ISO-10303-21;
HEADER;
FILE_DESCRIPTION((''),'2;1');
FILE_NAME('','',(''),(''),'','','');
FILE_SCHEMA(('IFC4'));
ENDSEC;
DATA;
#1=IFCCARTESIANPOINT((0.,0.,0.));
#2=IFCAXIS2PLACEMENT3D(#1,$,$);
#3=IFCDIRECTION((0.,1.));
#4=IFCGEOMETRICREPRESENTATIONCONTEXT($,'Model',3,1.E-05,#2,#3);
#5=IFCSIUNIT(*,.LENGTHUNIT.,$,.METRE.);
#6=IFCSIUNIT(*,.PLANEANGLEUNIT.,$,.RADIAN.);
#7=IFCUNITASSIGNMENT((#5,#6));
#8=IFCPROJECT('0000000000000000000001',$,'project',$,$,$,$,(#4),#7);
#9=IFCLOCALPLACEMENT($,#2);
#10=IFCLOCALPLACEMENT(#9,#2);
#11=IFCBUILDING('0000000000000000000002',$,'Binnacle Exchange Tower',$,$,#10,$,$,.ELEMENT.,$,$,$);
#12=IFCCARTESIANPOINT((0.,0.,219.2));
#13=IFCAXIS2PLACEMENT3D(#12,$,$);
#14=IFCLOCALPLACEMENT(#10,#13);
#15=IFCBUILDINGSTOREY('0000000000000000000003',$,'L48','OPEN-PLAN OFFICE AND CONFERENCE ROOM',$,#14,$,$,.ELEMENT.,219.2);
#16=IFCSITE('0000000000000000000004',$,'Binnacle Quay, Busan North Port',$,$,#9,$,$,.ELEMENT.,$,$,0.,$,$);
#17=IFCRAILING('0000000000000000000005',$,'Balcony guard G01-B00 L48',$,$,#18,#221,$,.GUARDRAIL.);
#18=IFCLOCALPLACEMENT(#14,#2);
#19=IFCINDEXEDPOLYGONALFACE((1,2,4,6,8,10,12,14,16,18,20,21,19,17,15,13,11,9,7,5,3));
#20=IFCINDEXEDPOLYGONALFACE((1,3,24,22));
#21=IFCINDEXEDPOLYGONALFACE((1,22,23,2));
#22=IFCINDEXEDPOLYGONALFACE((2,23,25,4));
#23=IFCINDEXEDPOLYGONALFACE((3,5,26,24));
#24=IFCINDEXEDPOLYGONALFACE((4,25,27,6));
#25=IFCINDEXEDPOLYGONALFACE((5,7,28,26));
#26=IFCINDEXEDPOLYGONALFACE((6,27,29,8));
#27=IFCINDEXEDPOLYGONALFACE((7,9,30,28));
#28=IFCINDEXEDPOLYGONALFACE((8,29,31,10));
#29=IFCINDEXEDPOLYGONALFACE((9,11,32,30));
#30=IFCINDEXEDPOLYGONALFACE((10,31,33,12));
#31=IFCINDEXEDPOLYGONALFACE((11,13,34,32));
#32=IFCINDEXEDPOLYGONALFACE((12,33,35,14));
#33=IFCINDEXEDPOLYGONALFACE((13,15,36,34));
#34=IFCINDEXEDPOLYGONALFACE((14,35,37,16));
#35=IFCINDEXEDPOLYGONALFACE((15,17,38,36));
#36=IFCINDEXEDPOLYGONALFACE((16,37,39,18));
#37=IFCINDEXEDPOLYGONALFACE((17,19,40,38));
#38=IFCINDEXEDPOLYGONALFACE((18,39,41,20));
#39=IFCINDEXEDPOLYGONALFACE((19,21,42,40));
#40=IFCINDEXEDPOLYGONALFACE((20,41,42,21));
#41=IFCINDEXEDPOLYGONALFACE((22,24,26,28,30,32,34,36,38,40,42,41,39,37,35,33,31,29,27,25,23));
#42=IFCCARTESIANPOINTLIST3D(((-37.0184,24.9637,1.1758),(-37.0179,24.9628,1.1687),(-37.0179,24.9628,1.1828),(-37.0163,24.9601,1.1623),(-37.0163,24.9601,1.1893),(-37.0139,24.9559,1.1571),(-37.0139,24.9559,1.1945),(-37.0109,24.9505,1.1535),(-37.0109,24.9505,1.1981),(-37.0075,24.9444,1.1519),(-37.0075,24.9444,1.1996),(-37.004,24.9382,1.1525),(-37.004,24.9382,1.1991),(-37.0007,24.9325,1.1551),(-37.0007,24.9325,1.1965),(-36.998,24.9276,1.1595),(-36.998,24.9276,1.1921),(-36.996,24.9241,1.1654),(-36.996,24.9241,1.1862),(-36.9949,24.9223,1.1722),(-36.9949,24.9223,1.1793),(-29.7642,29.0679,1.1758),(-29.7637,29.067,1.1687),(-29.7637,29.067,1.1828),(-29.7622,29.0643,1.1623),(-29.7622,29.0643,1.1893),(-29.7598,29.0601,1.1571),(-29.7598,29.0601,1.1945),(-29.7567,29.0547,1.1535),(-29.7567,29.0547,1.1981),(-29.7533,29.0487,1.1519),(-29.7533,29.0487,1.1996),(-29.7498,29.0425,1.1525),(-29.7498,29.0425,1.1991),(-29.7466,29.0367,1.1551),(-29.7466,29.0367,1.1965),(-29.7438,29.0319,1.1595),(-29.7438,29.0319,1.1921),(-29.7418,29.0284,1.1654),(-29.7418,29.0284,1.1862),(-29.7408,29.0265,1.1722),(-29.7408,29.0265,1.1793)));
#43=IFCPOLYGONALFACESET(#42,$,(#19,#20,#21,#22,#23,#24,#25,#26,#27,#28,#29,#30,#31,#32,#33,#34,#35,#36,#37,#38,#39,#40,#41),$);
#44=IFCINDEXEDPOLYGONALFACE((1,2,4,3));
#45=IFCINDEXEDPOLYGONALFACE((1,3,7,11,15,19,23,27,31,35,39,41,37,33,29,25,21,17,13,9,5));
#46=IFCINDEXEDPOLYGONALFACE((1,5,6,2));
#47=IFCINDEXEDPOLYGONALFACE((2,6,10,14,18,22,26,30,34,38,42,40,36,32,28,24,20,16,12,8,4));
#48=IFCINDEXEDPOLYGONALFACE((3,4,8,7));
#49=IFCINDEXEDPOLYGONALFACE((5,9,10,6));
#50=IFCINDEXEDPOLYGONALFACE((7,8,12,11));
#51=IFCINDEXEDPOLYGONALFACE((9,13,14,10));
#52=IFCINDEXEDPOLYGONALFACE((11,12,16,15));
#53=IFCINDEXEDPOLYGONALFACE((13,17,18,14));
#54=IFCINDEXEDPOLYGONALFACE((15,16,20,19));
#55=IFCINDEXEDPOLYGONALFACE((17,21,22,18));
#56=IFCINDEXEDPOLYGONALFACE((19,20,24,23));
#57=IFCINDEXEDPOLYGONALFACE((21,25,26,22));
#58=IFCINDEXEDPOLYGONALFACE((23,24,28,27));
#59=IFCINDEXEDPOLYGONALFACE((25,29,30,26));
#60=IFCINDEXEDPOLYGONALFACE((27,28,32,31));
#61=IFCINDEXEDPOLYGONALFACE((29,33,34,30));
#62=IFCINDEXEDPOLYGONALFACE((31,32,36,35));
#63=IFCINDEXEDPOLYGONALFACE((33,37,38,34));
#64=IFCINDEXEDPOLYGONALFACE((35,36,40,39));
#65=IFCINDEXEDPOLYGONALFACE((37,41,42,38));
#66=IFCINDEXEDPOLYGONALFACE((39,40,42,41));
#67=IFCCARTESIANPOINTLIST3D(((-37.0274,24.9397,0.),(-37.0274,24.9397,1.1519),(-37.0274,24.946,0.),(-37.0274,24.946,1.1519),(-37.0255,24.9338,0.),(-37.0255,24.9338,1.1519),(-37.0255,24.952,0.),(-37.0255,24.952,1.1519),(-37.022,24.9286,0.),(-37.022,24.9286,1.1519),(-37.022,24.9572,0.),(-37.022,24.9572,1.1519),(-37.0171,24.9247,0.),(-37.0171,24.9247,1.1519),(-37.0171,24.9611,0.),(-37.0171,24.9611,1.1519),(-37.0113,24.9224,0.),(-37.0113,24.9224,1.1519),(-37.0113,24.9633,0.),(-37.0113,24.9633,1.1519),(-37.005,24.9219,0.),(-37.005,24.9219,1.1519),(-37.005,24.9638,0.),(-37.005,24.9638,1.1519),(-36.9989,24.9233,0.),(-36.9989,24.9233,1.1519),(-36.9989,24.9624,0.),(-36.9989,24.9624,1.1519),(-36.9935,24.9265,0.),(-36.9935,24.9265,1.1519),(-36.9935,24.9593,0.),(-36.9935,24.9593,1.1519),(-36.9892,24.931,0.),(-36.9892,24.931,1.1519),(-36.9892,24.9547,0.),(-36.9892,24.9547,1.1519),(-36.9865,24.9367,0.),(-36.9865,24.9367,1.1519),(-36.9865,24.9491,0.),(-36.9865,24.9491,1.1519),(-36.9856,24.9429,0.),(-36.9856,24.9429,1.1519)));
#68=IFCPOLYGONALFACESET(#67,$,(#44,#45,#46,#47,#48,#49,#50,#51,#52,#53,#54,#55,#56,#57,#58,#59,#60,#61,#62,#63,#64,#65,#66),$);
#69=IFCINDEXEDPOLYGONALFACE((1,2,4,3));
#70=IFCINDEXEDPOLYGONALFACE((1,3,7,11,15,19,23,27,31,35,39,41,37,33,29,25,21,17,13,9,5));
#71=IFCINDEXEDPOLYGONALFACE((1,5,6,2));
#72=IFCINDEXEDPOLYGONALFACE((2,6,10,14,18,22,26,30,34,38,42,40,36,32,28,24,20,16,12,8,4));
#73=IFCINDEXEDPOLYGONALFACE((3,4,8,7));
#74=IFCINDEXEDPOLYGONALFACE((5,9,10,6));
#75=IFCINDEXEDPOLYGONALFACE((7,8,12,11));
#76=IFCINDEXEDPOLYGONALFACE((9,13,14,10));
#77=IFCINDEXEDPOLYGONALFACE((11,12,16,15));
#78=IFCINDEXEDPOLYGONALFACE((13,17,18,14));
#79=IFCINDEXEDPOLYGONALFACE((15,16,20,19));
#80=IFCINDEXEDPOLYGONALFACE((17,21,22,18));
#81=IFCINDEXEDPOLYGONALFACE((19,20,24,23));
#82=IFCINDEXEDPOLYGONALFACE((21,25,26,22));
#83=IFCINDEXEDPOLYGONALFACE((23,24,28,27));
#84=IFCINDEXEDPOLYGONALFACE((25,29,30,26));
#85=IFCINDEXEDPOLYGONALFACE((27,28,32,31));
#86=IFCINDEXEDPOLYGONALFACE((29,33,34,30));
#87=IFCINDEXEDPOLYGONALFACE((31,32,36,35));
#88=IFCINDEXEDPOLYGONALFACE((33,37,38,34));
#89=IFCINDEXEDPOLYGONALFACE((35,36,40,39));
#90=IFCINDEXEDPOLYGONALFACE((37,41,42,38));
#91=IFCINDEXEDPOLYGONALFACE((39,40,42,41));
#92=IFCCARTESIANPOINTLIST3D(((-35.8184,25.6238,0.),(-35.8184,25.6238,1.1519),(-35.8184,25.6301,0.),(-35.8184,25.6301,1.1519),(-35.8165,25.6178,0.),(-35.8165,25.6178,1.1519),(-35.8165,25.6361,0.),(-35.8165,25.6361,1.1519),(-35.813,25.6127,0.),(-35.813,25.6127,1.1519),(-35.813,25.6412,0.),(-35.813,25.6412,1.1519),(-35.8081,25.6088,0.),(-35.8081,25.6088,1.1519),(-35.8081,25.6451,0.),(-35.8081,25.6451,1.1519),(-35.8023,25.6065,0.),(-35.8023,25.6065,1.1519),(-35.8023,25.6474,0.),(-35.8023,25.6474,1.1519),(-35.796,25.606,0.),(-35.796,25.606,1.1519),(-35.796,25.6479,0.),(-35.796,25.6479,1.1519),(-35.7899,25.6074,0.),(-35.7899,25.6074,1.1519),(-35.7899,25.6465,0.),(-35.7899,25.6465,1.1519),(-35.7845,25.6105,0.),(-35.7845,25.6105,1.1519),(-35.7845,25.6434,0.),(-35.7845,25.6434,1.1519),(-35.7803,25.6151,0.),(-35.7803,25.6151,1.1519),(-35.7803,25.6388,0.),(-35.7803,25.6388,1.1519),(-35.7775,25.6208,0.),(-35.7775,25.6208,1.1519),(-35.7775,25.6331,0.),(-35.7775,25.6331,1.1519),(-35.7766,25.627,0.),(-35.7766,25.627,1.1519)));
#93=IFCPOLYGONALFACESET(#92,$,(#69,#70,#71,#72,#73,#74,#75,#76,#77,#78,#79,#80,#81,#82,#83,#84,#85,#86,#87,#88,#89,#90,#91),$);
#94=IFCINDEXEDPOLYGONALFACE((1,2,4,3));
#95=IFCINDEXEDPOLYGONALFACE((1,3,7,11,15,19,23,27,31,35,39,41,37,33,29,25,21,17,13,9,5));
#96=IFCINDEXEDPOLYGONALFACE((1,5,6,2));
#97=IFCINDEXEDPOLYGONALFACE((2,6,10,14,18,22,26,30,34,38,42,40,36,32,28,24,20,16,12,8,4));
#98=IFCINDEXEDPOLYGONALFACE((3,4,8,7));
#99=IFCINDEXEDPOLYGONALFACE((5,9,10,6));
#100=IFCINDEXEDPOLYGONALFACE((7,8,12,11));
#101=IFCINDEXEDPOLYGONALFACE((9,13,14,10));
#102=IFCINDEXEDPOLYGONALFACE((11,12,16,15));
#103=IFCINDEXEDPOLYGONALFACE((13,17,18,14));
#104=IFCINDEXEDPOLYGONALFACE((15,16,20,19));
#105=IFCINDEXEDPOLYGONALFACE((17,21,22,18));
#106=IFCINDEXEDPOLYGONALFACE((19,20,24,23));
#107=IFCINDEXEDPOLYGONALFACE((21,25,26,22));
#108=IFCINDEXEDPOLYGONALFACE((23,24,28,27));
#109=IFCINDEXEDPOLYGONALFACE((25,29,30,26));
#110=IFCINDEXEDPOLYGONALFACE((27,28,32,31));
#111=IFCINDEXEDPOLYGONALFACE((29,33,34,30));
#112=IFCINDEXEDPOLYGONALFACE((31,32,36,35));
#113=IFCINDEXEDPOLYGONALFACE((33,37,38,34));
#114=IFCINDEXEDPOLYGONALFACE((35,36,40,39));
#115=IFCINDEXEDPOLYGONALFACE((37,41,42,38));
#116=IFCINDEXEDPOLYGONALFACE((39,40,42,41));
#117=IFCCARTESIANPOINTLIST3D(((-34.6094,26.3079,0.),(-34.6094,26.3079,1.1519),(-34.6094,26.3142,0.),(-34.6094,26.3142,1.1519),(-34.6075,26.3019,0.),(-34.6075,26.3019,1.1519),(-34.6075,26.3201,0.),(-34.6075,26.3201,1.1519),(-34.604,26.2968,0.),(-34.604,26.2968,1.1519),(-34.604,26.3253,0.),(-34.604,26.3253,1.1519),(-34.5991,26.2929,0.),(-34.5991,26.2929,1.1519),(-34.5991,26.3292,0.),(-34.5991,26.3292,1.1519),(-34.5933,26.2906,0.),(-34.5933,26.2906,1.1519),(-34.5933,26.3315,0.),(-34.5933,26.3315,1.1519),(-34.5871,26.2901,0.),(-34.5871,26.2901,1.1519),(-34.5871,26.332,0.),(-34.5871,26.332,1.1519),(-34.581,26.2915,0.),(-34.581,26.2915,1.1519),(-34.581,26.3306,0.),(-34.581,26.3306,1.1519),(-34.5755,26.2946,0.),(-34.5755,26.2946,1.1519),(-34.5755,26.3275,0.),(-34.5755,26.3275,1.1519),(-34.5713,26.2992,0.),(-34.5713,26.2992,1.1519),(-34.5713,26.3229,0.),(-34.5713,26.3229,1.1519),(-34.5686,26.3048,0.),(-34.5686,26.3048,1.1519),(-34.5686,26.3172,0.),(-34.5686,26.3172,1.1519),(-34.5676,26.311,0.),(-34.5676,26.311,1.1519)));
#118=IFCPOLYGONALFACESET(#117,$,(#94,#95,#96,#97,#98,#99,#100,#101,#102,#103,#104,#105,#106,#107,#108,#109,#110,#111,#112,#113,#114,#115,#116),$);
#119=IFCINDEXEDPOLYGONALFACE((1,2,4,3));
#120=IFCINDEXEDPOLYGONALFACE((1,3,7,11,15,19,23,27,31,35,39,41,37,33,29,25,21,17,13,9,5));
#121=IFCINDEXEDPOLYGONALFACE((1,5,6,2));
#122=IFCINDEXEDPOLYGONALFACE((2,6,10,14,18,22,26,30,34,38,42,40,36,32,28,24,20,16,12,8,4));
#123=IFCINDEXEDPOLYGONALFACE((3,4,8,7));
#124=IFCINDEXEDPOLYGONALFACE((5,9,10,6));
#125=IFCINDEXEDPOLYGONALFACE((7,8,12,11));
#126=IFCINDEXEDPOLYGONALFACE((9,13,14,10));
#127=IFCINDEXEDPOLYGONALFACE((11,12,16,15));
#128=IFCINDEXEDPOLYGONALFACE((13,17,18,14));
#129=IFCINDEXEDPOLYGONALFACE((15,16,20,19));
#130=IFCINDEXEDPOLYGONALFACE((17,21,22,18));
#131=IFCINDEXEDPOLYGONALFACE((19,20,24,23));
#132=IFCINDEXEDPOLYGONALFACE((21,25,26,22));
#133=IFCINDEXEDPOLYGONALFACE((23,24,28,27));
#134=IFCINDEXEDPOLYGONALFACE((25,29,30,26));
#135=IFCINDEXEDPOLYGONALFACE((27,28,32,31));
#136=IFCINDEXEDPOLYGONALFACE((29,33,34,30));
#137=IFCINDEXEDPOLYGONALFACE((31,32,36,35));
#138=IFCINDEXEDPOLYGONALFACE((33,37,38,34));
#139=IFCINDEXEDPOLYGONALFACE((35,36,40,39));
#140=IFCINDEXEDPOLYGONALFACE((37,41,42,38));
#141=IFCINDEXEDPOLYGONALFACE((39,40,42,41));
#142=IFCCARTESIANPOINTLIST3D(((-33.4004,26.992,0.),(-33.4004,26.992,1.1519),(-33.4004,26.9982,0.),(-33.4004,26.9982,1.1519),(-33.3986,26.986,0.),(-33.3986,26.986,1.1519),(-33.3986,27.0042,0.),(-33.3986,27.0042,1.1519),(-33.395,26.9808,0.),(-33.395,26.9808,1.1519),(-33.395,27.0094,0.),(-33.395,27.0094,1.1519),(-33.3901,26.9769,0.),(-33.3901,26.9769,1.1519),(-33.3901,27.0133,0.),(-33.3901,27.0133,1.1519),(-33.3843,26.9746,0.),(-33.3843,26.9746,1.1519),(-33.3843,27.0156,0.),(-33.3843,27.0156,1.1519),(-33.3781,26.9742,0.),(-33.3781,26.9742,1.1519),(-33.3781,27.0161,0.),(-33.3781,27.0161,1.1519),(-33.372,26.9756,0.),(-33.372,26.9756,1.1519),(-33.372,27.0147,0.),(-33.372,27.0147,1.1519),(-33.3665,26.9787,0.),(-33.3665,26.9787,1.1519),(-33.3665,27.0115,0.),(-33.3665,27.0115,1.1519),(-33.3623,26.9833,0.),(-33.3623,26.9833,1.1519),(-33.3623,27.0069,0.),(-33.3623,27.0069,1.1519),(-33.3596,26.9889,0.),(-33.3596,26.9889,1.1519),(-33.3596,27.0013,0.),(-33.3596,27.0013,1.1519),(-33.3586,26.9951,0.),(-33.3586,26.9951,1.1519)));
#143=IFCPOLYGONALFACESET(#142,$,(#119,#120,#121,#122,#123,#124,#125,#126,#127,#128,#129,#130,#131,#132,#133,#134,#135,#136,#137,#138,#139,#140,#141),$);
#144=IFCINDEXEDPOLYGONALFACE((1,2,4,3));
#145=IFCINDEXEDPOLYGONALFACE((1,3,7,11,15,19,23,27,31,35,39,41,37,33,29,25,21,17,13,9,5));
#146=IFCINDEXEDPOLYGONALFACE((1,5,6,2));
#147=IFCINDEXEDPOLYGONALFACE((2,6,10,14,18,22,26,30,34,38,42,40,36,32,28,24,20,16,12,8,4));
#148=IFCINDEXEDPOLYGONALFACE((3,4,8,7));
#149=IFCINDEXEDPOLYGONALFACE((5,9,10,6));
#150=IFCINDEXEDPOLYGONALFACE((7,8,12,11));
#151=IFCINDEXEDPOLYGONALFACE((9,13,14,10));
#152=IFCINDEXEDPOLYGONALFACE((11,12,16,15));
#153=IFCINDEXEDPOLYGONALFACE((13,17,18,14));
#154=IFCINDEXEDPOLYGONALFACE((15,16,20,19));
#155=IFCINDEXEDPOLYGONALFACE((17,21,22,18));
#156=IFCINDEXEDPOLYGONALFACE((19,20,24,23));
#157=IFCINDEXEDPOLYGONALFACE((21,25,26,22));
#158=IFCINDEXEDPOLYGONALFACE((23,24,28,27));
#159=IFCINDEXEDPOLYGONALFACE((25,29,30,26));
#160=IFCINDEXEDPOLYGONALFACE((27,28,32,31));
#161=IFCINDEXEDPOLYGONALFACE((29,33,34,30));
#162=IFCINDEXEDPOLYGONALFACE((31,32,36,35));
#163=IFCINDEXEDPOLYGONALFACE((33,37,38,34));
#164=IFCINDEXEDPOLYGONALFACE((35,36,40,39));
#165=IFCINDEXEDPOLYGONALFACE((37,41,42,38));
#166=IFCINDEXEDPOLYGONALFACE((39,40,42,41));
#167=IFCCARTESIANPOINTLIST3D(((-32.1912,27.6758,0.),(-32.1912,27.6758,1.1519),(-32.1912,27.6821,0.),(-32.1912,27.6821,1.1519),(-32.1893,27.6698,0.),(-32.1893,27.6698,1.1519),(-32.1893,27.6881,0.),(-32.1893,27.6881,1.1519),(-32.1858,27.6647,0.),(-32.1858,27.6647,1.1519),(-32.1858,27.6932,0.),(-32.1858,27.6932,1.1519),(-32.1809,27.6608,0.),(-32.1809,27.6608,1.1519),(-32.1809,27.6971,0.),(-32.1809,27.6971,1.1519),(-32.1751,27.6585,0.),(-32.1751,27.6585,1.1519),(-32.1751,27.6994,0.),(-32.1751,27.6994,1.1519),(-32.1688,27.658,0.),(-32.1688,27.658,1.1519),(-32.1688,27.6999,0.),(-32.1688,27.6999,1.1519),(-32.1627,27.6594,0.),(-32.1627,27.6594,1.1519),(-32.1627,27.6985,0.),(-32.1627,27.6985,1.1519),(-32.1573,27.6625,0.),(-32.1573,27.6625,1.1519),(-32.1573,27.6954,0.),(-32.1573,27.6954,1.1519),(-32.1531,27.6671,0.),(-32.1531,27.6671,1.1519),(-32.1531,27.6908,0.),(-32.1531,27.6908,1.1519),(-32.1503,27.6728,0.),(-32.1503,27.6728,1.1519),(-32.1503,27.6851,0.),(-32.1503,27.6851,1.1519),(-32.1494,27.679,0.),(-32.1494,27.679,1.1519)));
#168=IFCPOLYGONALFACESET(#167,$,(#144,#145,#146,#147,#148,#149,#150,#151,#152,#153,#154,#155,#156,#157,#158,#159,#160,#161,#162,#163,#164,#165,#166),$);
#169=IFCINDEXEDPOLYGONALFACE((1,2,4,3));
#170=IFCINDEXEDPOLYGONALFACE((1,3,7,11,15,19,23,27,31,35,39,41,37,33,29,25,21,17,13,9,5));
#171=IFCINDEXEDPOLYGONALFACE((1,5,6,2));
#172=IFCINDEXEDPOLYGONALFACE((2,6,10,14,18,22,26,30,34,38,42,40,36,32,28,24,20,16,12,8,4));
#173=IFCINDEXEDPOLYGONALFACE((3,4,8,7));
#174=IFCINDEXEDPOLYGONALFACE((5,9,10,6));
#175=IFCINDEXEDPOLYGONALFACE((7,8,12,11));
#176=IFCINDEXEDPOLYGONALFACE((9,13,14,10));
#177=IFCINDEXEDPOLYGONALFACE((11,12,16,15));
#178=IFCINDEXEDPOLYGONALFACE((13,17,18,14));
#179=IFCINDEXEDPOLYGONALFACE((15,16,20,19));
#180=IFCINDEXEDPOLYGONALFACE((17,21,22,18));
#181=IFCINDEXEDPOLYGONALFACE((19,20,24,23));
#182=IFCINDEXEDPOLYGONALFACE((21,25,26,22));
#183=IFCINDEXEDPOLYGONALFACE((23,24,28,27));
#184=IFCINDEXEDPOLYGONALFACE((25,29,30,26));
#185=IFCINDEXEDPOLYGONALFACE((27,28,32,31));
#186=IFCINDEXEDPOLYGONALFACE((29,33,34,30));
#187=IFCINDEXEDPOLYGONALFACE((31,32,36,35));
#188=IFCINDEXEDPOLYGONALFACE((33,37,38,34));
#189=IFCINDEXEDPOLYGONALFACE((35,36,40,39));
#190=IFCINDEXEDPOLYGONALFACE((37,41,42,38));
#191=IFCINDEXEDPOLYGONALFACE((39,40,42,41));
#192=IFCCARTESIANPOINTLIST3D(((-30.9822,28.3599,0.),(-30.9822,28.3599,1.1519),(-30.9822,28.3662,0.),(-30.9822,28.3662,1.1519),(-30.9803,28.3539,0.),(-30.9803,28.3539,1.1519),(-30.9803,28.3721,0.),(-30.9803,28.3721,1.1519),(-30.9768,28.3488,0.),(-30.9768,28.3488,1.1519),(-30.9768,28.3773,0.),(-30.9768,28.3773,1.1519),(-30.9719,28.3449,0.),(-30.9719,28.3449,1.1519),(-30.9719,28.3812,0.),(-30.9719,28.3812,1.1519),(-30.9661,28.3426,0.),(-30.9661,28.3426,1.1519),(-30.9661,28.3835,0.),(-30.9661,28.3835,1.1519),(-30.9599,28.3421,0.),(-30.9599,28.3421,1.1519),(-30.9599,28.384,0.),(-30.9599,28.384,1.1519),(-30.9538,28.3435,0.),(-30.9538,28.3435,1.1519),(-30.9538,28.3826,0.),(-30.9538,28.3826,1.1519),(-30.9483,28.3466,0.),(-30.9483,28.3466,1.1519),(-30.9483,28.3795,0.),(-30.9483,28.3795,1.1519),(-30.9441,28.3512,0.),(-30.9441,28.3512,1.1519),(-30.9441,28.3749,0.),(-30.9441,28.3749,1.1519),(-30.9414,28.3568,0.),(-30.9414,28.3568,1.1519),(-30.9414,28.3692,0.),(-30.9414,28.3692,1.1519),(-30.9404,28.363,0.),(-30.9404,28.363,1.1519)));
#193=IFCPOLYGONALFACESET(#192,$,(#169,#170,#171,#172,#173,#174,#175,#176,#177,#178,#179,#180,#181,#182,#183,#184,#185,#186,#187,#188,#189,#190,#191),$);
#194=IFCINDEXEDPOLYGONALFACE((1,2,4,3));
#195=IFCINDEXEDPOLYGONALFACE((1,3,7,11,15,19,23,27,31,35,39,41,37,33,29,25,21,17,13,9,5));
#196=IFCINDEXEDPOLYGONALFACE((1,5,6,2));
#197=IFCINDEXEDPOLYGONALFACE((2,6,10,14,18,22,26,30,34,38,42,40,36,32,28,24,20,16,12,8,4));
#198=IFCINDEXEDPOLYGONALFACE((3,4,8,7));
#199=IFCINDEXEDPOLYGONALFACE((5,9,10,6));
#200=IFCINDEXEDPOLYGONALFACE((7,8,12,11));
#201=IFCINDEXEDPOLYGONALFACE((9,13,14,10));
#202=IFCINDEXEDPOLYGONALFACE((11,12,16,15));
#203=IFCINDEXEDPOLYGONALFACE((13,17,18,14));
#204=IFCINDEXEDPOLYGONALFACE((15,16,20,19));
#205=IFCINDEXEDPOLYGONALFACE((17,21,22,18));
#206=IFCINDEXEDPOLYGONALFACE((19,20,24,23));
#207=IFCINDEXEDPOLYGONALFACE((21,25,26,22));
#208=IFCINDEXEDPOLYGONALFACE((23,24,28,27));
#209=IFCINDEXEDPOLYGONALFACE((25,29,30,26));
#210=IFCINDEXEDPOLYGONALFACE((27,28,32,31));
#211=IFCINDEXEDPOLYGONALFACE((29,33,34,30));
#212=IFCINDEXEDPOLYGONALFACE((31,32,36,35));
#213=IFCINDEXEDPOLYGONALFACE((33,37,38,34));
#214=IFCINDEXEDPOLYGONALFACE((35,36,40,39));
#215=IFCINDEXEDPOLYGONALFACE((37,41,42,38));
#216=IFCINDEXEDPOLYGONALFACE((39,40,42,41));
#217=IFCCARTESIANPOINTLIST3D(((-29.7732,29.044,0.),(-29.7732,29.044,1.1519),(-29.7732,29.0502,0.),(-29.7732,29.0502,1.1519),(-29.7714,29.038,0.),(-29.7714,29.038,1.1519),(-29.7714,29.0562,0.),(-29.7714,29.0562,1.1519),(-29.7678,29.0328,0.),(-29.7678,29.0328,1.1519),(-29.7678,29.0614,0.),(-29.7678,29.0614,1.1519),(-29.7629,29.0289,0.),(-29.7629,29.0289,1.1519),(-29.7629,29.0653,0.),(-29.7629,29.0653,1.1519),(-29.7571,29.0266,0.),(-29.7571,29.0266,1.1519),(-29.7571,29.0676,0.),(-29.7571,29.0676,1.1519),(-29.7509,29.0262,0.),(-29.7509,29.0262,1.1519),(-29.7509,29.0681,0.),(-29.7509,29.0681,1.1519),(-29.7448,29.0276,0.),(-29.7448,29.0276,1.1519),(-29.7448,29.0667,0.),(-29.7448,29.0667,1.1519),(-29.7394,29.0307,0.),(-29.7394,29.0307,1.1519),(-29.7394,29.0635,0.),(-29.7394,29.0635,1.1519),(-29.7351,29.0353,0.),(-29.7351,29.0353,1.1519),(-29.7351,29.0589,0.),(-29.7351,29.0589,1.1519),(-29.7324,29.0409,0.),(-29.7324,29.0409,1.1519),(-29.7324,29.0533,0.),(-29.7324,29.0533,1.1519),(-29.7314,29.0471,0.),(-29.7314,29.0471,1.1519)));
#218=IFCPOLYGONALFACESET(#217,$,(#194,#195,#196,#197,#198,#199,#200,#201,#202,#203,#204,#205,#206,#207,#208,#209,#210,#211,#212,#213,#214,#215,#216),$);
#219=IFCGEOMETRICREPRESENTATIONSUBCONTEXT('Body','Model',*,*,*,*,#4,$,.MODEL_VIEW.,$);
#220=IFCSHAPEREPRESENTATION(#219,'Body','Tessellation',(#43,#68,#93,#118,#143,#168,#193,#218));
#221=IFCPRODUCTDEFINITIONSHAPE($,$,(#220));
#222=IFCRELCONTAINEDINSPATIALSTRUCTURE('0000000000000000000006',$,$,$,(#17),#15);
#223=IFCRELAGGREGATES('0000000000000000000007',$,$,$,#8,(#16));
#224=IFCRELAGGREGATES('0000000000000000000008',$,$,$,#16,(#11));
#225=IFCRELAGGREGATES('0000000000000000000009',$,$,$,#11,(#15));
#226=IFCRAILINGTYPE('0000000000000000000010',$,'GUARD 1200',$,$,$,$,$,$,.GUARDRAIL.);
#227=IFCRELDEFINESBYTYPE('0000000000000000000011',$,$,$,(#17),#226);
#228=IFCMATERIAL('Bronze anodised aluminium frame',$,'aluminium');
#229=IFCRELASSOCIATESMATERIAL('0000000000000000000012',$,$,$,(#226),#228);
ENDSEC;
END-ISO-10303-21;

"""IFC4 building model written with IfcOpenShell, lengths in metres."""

from ifc_helpers import new_model, si_unit, direction, frame, origin, origin_2d, place, context, subcontext, project, spatial, circle, extrude, material, type_object, element, save


model = new_model("IFC4")

# Units and contexts
model_context = context("Model", 3, precision=1e-05, world=origin(), true_north=direction((0.0, 1.0)))
body_context = subcontext(model_context, "Body", "Model", "MODEL_VIEW")
ifc_project = project(units=[si_unit("LENGTHUNIT", "METRE"), si_unit("PLANEANGLEUNIT", "RADIAN")], contexts=[model_context])

# Site, building, storey
site_placement = place(None, origin())
site = spatial("IfcSite", under=ifc_project, at=site_placement, Name="Binnacle Quay, Busan North Port", CompositionType="ELEMENT", RefElevation=0.0)
building_placement = place(site_placement, origin())
building = spatial("IfcBuilding", under=site, at=building_placement, Name="Binnacle Exchange Tower", CompositionType="ELEMENT")
storey_placement = place(building_placement, frame((0.0, 0.0, 219.2)))
storey = spatial("IfcBuildingStorey", under=building, at=storey_placement, Name="L48", Description="OPEN-PLAN OFFICE AND CONFERENCE ROOM", CompositionType="ELEMENT", Elevation=219.2)

# Railing
ifc_material_1 = material(Name="Bronze anodised aluminium frame", Category="aluminium")
railing_type = type_object("IfcRailingType", Name="GUARD 1200", PredefinedType="GUARDRAIL", material=ifc_material_1)
railing_placement = place(storey_placement, frame((-37.0066, 24.9429, 0.0)))
element("IfcRailing", 1, at=railing_placement, inside=storey, type_object=railing_type, Name="Balcony guard G01-B00 L48", PredefinedType="GUARDRAIL", context=body_context, shape_type="SweptSolid", body=[
    extrude(circle(Radius=0.0239, at=origin_2d()), frame((0.0, 0.0, 1.1758), z_axis=(0.870353, 0.492428, 0.0), x_axis=(-0.492428, 0.870353, 0.0)), (0.0, 0.0, 1.0), 8.3347),
    extrude(circle(Radius=0.021, at=origin_2d()), origin(), (0.0, 0.0, 1.0), 1.1519),
    extrude(circle(Radius=0.021, at=origin_2d()), frame((1.209, 0.6841, 0.0)), (0.0, 0.0, 1.0), 1.1519),
    extrude(circle(Radius=0.021, at=origin_2d()), frame((2.418, 1.3682, 0.0)), (0.0, 0.0, 1.0), 1.1519),
    extrude(circle(Radius=0.021, at=origin_2d()), frame((3.627, 2.0522, 0.0)), (0.0, 0.0, 1.0), 1.1519),
    extrude(circle(Radius=0.021, at=origin_2d()), frame((4.8362, 2.7361, 0.0)), (0.0, 0.0, 1.0), 1.1519),
    extrude(circle(Radius=0.021, at=origin_2d()), frame((6.0452, 3.4202, 0.0)), (0.0, 0.0, 1.0), 1.1519),
    extrude(circle(Radius=0.021, at=origin_2d()), frame((7.2542, 4.1042, 0.0)), (0.0, 0.0, 1.0), 1.1519),
])

save(model, "model.ifc")
